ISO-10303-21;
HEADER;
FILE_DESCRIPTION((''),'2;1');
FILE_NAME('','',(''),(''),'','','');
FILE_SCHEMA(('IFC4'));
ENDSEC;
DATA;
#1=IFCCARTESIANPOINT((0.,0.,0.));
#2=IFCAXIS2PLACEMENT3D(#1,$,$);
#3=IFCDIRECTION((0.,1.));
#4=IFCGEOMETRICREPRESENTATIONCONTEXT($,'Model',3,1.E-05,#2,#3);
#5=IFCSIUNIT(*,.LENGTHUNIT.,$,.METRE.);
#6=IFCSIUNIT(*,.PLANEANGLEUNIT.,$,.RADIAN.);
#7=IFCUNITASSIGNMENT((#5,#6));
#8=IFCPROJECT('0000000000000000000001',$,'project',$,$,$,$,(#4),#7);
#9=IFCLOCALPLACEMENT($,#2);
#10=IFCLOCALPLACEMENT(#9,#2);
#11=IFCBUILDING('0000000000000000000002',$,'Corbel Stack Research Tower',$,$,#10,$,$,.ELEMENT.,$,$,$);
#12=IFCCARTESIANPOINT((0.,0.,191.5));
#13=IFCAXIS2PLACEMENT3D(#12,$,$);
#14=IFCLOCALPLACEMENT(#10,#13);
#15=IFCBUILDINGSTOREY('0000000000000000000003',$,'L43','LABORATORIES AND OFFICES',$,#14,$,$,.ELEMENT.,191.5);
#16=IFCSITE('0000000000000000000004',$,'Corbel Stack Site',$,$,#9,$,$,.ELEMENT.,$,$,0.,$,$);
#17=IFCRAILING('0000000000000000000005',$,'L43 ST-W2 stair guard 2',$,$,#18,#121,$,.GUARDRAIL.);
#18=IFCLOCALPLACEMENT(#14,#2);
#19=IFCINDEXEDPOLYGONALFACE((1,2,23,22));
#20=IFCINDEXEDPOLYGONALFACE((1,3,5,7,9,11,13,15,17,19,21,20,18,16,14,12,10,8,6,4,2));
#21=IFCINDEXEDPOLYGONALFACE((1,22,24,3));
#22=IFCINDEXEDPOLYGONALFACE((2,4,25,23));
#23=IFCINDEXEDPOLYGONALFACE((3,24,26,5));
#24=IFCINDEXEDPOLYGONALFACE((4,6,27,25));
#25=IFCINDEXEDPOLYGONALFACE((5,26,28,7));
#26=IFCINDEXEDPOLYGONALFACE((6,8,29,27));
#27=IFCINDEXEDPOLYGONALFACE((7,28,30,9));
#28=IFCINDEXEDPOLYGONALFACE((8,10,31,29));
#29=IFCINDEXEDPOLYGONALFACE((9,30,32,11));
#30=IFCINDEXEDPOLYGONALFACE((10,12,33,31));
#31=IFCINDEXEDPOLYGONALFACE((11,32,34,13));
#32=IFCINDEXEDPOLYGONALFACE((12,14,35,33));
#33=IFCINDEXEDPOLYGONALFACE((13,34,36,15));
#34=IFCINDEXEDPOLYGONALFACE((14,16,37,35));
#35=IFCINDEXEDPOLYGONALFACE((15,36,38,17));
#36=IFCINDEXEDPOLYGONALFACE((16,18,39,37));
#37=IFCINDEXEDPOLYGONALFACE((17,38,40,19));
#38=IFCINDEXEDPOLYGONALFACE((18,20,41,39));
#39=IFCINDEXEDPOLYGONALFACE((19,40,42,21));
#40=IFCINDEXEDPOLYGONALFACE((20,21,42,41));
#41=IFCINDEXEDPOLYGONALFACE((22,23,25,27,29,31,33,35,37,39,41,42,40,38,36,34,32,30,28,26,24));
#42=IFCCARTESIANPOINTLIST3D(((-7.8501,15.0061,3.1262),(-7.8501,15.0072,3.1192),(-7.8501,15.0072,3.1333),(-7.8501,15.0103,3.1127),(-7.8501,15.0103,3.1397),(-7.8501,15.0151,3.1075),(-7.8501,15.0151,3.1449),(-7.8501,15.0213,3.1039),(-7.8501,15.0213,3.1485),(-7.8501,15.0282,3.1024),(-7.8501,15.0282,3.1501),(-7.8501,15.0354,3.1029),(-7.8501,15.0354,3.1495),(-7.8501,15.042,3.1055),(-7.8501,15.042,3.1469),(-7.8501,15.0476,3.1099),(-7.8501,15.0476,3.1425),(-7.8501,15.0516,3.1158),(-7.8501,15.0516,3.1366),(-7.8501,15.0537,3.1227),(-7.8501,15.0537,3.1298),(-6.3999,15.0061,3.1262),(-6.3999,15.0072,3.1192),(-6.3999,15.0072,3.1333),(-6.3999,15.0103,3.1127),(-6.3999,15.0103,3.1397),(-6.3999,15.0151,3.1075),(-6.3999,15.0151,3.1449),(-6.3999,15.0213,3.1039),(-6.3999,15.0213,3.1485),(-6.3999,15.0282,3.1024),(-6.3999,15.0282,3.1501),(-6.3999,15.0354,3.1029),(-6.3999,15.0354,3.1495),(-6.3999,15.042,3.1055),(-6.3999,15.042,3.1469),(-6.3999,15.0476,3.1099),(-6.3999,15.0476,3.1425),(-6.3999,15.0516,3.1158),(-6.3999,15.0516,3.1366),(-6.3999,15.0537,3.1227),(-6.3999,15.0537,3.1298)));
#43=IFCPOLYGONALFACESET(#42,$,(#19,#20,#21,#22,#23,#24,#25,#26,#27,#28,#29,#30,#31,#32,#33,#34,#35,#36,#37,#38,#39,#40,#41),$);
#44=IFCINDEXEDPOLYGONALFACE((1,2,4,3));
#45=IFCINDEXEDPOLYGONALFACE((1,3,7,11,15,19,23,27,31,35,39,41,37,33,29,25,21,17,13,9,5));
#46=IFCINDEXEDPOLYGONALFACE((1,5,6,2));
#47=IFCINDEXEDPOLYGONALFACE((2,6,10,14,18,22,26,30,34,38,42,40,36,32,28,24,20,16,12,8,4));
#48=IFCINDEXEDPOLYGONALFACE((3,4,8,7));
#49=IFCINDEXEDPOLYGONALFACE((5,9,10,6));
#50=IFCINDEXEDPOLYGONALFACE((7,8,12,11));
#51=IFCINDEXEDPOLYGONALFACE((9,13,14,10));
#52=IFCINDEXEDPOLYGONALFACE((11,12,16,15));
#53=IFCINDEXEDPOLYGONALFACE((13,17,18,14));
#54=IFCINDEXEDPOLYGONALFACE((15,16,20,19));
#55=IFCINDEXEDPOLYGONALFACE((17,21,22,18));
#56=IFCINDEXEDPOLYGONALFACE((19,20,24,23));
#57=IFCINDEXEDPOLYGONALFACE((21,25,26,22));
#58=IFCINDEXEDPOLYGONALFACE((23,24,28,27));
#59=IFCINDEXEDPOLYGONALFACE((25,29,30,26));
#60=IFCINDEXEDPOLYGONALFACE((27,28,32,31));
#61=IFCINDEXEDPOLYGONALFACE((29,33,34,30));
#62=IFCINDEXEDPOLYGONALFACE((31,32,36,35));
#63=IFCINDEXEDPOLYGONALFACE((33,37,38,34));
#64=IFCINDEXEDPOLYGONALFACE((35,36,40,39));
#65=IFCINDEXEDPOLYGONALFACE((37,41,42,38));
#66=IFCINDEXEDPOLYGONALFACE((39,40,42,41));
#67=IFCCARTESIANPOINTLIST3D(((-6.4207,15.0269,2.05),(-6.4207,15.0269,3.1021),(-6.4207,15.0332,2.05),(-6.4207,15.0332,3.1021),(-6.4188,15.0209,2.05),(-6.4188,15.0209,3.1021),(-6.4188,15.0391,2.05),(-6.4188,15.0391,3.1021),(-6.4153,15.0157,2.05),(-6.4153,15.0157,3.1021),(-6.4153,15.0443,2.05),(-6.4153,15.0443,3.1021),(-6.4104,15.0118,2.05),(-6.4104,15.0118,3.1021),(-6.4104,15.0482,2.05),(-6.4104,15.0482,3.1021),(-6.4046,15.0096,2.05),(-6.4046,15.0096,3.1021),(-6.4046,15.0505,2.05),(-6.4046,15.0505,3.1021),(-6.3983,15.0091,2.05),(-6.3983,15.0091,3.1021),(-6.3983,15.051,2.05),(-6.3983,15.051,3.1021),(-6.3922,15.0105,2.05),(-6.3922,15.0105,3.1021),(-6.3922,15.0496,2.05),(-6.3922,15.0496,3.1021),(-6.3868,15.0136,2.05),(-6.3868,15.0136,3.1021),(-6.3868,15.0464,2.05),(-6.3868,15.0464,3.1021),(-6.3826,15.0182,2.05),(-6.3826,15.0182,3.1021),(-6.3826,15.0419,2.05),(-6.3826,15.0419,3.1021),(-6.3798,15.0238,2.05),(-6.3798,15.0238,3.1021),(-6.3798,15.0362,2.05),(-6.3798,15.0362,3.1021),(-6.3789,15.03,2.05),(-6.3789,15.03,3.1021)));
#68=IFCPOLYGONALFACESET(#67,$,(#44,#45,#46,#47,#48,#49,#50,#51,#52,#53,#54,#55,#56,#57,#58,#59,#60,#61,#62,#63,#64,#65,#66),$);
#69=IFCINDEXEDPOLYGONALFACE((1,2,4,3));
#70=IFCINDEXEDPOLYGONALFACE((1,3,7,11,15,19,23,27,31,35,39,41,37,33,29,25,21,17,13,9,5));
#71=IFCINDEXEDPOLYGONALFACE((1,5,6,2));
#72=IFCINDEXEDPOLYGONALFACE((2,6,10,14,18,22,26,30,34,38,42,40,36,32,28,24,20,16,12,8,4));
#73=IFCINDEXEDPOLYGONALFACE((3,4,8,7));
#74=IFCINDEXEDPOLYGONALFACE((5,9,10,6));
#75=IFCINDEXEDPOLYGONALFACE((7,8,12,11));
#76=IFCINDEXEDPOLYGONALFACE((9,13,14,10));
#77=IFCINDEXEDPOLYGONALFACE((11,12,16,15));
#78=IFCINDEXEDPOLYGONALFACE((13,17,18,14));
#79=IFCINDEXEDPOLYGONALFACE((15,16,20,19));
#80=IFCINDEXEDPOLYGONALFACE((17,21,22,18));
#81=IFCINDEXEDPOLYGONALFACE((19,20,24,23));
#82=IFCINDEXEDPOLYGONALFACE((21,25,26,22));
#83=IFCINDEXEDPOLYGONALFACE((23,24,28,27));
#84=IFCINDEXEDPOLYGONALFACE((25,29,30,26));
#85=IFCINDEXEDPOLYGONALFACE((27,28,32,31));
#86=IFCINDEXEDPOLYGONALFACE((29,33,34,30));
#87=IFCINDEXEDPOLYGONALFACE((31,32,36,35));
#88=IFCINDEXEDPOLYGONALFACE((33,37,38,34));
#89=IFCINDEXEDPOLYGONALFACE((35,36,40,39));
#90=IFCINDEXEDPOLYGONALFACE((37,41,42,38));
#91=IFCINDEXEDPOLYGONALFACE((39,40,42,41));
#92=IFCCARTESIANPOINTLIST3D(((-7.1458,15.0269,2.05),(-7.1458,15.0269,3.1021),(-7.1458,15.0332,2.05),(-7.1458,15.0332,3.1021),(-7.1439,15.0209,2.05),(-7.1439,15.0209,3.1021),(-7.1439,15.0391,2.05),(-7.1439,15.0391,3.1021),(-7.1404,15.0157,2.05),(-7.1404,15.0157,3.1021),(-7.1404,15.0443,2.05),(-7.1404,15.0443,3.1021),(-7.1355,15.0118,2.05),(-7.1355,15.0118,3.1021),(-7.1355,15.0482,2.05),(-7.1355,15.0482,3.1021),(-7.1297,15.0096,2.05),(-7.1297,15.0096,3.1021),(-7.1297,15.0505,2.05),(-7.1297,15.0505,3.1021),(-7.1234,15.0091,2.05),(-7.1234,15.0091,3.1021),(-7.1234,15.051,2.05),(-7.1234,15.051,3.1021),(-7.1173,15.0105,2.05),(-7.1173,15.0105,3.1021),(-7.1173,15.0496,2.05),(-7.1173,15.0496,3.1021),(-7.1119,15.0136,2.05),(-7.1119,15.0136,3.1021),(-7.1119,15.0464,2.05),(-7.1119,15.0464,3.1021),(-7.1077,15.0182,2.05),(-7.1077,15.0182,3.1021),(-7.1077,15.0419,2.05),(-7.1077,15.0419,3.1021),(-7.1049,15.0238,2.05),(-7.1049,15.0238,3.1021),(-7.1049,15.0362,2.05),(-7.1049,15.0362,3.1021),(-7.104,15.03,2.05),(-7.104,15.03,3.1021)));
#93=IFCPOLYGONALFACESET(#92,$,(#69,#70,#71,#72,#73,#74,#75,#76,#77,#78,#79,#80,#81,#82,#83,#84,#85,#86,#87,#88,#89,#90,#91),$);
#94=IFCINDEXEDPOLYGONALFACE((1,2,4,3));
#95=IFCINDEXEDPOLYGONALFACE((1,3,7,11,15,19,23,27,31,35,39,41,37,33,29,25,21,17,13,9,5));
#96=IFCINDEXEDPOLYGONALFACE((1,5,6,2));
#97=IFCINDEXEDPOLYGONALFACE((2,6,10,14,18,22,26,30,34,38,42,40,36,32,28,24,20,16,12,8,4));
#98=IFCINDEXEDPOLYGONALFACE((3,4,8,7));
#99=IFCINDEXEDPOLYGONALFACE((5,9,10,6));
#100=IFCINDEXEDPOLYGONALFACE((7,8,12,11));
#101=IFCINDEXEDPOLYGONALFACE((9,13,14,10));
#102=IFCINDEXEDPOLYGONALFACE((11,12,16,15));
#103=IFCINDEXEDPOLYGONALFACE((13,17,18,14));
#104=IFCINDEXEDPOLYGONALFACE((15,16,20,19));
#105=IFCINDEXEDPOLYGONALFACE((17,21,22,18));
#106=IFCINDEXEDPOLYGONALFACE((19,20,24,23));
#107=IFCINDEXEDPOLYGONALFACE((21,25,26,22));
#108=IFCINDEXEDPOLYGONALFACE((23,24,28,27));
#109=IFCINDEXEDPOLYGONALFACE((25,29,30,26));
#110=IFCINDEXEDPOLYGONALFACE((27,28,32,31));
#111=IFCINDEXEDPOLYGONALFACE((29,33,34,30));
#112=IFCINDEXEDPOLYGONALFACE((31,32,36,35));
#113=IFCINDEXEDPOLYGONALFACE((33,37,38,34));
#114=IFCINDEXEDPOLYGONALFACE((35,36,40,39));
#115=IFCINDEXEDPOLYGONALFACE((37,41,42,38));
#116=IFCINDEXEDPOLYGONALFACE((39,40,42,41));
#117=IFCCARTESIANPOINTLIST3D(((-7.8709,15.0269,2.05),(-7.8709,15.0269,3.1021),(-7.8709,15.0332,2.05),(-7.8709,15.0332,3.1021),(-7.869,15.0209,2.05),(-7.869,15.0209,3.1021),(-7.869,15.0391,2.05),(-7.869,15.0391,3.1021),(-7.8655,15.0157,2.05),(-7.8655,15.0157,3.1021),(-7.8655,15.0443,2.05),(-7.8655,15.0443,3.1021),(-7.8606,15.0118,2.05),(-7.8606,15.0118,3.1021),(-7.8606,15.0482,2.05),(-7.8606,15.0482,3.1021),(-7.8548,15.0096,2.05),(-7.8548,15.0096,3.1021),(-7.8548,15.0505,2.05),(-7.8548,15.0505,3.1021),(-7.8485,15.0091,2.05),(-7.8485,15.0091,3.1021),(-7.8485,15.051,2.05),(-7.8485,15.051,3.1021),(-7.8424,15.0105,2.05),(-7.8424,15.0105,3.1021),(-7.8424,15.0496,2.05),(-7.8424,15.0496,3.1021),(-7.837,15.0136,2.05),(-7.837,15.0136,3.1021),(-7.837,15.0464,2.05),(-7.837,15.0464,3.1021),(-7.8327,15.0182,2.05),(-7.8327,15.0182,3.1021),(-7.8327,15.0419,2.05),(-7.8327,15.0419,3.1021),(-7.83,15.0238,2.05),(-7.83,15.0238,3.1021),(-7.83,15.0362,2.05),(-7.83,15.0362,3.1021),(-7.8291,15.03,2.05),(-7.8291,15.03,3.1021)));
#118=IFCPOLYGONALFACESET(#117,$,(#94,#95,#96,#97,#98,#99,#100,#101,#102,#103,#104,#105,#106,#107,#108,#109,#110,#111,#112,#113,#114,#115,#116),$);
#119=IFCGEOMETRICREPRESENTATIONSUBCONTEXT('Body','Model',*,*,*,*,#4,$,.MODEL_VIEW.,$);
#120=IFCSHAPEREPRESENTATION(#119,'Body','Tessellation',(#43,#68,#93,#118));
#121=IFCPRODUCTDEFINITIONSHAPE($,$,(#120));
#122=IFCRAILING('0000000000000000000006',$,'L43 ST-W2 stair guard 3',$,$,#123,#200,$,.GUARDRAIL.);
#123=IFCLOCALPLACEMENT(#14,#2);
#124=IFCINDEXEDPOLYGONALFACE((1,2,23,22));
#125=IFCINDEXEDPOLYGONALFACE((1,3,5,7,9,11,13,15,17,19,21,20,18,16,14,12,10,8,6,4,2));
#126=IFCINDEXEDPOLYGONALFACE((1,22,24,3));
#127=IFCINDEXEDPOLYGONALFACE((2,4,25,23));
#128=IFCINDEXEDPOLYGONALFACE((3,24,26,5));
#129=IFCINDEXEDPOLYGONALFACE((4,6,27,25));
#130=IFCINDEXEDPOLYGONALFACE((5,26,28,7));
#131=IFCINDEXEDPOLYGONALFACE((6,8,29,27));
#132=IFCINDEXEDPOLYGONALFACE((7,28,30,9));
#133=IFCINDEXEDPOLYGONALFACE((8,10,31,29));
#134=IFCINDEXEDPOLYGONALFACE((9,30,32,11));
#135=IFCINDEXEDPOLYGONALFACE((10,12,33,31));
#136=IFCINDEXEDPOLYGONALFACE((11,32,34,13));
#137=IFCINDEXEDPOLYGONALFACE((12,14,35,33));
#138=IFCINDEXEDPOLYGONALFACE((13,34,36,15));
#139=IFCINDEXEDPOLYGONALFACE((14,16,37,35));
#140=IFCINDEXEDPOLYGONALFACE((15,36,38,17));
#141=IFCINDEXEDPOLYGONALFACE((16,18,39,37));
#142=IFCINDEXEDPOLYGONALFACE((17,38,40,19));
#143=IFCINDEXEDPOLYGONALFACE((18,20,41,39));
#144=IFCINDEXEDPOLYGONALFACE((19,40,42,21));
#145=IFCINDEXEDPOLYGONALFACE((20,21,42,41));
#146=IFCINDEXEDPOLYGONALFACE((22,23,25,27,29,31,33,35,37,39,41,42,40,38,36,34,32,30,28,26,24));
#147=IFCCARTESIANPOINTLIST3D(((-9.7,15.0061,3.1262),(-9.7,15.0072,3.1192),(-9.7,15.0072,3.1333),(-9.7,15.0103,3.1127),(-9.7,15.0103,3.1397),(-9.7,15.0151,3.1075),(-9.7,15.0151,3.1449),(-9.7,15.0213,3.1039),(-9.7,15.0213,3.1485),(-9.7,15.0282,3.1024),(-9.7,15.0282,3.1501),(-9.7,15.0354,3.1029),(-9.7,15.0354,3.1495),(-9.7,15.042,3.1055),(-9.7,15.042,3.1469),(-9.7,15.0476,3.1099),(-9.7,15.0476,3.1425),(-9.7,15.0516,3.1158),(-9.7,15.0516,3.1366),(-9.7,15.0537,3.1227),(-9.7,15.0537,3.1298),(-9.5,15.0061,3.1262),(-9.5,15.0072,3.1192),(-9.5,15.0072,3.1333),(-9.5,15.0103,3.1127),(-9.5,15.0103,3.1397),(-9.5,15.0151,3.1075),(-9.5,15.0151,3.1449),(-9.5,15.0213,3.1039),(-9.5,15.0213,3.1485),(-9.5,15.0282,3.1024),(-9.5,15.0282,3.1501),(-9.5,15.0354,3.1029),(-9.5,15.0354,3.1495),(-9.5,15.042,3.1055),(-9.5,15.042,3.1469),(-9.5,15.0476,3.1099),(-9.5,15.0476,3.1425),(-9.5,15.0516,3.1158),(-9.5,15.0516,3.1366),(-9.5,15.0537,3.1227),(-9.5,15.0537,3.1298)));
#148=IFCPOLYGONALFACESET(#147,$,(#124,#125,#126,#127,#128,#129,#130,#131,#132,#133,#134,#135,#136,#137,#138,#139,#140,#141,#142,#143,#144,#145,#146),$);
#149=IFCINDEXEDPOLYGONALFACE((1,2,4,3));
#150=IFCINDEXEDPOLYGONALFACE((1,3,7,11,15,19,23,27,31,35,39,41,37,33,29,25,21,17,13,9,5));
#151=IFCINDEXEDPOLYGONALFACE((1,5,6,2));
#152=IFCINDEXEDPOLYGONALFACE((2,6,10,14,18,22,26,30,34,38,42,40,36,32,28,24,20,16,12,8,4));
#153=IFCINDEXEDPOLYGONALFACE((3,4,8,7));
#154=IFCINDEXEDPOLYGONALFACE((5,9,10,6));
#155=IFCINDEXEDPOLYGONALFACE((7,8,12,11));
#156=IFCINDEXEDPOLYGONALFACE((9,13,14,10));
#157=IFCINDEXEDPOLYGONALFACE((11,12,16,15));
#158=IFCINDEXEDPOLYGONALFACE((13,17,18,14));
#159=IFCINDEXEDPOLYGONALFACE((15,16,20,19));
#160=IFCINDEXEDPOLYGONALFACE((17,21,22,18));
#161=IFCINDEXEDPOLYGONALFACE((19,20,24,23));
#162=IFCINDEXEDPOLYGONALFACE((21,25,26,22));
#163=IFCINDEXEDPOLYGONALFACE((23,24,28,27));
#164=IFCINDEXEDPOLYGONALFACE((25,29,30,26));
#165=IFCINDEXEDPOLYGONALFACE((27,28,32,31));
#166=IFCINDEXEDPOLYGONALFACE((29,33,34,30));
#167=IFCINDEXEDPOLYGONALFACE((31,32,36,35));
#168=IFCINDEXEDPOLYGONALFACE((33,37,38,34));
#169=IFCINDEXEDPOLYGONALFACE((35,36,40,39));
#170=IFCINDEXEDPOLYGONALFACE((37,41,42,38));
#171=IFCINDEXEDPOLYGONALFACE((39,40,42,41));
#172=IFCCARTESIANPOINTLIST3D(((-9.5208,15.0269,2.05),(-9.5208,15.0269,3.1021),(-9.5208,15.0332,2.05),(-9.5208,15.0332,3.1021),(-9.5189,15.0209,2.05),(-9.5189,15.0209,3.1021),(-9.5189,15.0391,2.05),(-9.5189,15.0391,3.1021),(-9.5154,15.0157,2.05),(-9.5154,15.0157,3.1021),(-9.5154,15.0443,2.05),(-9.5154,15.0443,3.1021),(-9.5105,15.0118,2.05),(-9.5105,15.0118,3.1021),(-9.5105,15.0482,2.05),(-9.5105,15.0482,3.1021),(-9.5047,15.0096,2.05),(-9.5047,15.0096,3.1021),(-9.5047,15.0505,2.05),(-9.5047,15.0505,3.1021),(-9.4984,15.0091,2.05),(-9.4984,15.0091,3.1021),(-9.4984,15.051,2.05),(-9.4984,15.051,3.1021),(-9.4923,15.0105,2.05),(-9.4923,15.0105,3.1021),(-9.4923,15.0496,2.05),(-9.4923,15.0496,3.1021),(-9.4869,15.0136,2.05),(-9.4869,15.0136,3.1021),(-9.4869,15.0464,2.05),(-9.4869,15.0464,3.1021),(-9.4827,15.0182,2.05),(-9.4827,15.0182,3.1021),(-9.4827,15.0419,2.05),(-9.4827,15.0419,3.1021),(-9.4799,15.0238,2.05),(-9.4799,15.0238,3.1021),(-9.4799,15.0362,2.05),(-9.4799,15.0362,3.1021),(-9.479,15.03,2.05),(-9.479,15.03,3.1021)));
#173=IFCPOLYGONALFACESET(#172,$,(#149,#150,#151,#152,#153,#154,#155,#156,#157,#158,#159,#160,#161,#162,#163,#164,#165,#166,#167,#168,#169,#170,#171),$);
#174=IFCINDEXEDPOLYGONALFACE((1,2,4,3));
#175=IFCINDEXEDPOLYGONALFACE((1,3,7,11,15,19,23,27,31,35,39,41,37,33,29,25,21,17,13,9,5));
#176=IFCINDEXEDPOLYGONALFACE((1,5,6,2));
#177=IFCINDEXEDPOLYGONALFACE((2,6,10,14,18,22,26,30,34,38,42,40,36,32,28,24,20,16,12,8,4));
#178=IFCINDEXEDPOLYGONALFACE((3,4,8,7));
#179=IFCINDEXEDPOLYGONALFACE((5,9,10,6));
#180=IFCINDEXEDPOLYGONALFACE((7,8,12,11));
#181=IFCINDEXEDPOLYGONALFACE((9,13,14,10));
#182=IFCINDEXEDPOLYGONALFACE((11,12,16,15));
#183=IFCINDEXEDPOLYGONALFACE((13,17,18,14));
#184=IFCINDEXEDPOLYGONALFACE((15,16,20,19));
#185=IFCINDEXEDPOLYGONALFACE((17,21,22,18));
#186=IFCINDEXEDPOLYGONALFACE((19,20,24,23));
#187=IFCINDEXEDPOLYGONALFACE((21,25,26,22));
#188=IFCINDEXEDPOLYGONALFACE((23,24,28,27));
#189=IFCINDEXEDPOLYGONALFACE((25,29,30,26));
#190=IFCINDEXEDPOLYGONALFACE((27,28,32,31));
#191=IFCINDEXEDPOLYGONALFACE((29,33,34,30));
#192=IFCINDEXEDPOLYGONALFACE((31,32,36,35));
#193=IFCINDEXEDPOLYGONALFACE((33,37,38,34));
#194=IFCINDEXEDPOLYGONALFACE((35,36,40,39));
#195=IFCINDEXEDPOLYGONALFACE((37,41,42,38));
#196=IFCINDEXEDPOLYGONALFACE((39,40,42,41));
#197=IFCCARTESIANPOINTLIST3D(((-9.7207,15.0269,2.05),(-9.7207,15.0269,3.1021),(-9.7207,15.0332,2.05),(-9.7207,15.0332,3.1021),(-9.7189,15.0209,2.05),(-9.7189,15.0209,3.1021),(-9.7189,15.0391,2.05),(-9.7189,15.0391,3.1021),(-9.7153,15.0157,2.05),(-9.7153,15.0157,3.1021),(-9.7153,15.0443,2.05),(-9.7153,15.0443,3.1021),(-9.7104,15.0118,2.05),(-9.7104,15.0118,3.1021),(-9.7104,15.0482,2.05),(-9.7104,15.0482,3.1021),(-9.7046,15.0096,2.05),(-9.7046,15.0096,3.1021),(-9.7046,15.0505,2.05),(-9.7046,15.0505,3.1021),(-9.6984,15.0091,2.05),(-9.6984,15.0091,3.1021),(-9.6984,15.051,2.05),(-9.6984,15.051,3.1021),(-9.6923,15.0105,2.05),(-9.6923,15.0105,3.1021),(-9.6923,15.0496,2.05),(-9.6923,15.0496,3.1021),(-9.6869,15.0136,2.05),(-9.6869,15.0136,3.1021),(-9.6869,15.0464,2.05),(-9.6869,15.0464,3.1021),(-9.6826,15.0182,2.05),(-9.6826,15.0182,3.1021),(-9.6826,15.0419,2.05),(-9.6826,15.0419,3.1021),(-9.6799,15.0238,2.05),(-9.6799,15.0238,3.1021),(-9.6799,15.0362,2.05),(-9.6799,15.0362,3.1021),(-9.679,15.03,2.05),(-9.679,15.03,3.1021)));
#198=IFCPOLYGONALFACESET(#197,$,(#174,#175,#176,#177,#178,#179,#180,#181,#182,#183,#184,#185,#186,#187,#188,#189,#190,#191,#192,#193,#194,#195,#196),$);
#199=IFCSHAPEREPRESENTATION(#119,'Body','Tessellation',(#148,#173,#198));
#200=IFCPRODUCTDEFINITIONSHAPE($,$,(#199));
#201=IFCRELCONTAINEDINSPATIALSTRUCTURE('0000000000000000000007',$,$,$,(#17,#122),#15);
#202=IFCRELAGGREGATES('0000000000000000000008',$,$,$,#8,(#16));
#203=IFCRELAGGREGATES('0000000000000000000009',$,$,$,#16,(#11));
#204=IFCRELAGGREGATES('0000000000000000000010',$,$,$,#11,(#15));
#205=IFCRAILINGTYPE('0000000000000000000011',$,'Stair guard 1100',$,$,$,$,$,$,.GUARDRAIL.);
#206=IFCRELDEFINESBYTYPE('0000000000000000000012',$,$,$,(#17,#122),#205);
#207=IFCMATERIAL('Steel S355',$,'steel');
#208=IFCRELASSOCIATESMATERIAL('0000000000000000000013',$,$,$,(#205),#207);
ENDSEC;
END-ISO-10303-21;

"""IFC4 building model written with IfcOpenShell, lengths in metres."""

from ifc_helpers import new_model, si_unit, direction, frame, origin, origin_2d, place, context, subcontext, project, spatial, circle, extrude, material, type_object, element, save


model = new_model("IFC4")

# Units and contexts
model_context = context("Model", 3, precision=1e-05, world=origin(), true_north=direction((0.0, 1.0)))
body_context = subcontext(model_context, "Body", "Model", "MODEL_VIEW")
ifc_project = project(units=[si_unit("LENGTHUNIT", "METRE"), si_unit("PLANEANGLEUNIT", "RADIAN")], contexts=[model_context])

# Site, building, storey
site_placement = place(None, origin())
site = spatial("IfcSite", under=ifc_project, at=site_placement, Name="Corbel Stack Site", CompositionType="ELEMENT", RefElevation=0.0)
building_placement = place(site_placement, origin())
building = spatial("IfcBuilding", under=site, at=building_placement, Name="Corbel Stack Research Tower", CompositionType="ELEMENT")
storey_placement = place(building_placement, frame((0.0, 0.0, 191.5)))
storey = spatial("IfcBuildingStorey", under=building, at=storey_placement, Name="L43", Description="LABORATORIES AND OFFICES", CompositionType="ELEMENT", Elevation=191.5)

# Railings
ifc_material_1 = material(Name="Steel S355", Category="steel")
railing_type_1 = type_object("IfcRailingType", Name="Stair guard 1100", PredefinedType="GUARDRAIL", material=ifc_material_1)
railing_1_placement = place(storey_placement, frame((-6.3999, 15.03, 2.05)))
element("IfcRailing", 1, at=railing_1_placement, inside=storey, type_object=railing_type_1, Name="L43 ST-W2 stair guard 2", PredefinedType="GUARDRAIL", context=body_context, shape_type="SweptSolid", body=[
    extrude(circle(Radius=0.0239, at=origin_2d()), frame((0.0, 0.0, 1.0762), z_axis=(-1.0, 0.0, 0.0), x_axis=(0.0, -1.0, 0.0)), (0.0, 0.0, 1.0), 1.4502),
    extrude(circle(Radius=0.021, at=origin_2d()), origin(), (0.0, 0.0, 1.0), 1.052),
    extrude(circle(Radius=0.021, at=origin_2d()), frame((-0.7251, 0.0, 0.0)), (0.0, 0.0, 1.0), 1.052),
    extrude(circle(Radius=0.021, at=origin_2d()), frame((-1.4502, 0.0, 0.0)), (0.0, 0.0, 1.0), 1.052),
])
railing_2_placement = place(storey_placement, frame((-9.5, 15.03, 2.05)))
element("IfcRailing", 2, at=railing_2_placement, inside=storey, type_object=railing_type_1, Name="L43 ST-W2 stair guard 3", PredefinedType="GUARDRAIL", context=body_context, shape_type="SweptSolid", body=[
    extrude(circle(Radius=0.0239, at=origin_2d()), frame((0.0, 0.0, 1.0762), z_axis=(-1.0, 0.0, 0.0), x_axis=(0.0, -1.0, 0.0)), (0.0, 0.0, 1.0), 0.2),
    extrude(circle(Radius=0.021, at=origin_2d()), origin(), (0.0, 0.0, 1.0), 1.052),
    extrude(circle(Radius=0.021, at=origin_2d()), frame((-0.2, 0.0, 0.0)), (0.0, 0.0, 1.0), 1.052),
])

save(model, "model.ifc")
